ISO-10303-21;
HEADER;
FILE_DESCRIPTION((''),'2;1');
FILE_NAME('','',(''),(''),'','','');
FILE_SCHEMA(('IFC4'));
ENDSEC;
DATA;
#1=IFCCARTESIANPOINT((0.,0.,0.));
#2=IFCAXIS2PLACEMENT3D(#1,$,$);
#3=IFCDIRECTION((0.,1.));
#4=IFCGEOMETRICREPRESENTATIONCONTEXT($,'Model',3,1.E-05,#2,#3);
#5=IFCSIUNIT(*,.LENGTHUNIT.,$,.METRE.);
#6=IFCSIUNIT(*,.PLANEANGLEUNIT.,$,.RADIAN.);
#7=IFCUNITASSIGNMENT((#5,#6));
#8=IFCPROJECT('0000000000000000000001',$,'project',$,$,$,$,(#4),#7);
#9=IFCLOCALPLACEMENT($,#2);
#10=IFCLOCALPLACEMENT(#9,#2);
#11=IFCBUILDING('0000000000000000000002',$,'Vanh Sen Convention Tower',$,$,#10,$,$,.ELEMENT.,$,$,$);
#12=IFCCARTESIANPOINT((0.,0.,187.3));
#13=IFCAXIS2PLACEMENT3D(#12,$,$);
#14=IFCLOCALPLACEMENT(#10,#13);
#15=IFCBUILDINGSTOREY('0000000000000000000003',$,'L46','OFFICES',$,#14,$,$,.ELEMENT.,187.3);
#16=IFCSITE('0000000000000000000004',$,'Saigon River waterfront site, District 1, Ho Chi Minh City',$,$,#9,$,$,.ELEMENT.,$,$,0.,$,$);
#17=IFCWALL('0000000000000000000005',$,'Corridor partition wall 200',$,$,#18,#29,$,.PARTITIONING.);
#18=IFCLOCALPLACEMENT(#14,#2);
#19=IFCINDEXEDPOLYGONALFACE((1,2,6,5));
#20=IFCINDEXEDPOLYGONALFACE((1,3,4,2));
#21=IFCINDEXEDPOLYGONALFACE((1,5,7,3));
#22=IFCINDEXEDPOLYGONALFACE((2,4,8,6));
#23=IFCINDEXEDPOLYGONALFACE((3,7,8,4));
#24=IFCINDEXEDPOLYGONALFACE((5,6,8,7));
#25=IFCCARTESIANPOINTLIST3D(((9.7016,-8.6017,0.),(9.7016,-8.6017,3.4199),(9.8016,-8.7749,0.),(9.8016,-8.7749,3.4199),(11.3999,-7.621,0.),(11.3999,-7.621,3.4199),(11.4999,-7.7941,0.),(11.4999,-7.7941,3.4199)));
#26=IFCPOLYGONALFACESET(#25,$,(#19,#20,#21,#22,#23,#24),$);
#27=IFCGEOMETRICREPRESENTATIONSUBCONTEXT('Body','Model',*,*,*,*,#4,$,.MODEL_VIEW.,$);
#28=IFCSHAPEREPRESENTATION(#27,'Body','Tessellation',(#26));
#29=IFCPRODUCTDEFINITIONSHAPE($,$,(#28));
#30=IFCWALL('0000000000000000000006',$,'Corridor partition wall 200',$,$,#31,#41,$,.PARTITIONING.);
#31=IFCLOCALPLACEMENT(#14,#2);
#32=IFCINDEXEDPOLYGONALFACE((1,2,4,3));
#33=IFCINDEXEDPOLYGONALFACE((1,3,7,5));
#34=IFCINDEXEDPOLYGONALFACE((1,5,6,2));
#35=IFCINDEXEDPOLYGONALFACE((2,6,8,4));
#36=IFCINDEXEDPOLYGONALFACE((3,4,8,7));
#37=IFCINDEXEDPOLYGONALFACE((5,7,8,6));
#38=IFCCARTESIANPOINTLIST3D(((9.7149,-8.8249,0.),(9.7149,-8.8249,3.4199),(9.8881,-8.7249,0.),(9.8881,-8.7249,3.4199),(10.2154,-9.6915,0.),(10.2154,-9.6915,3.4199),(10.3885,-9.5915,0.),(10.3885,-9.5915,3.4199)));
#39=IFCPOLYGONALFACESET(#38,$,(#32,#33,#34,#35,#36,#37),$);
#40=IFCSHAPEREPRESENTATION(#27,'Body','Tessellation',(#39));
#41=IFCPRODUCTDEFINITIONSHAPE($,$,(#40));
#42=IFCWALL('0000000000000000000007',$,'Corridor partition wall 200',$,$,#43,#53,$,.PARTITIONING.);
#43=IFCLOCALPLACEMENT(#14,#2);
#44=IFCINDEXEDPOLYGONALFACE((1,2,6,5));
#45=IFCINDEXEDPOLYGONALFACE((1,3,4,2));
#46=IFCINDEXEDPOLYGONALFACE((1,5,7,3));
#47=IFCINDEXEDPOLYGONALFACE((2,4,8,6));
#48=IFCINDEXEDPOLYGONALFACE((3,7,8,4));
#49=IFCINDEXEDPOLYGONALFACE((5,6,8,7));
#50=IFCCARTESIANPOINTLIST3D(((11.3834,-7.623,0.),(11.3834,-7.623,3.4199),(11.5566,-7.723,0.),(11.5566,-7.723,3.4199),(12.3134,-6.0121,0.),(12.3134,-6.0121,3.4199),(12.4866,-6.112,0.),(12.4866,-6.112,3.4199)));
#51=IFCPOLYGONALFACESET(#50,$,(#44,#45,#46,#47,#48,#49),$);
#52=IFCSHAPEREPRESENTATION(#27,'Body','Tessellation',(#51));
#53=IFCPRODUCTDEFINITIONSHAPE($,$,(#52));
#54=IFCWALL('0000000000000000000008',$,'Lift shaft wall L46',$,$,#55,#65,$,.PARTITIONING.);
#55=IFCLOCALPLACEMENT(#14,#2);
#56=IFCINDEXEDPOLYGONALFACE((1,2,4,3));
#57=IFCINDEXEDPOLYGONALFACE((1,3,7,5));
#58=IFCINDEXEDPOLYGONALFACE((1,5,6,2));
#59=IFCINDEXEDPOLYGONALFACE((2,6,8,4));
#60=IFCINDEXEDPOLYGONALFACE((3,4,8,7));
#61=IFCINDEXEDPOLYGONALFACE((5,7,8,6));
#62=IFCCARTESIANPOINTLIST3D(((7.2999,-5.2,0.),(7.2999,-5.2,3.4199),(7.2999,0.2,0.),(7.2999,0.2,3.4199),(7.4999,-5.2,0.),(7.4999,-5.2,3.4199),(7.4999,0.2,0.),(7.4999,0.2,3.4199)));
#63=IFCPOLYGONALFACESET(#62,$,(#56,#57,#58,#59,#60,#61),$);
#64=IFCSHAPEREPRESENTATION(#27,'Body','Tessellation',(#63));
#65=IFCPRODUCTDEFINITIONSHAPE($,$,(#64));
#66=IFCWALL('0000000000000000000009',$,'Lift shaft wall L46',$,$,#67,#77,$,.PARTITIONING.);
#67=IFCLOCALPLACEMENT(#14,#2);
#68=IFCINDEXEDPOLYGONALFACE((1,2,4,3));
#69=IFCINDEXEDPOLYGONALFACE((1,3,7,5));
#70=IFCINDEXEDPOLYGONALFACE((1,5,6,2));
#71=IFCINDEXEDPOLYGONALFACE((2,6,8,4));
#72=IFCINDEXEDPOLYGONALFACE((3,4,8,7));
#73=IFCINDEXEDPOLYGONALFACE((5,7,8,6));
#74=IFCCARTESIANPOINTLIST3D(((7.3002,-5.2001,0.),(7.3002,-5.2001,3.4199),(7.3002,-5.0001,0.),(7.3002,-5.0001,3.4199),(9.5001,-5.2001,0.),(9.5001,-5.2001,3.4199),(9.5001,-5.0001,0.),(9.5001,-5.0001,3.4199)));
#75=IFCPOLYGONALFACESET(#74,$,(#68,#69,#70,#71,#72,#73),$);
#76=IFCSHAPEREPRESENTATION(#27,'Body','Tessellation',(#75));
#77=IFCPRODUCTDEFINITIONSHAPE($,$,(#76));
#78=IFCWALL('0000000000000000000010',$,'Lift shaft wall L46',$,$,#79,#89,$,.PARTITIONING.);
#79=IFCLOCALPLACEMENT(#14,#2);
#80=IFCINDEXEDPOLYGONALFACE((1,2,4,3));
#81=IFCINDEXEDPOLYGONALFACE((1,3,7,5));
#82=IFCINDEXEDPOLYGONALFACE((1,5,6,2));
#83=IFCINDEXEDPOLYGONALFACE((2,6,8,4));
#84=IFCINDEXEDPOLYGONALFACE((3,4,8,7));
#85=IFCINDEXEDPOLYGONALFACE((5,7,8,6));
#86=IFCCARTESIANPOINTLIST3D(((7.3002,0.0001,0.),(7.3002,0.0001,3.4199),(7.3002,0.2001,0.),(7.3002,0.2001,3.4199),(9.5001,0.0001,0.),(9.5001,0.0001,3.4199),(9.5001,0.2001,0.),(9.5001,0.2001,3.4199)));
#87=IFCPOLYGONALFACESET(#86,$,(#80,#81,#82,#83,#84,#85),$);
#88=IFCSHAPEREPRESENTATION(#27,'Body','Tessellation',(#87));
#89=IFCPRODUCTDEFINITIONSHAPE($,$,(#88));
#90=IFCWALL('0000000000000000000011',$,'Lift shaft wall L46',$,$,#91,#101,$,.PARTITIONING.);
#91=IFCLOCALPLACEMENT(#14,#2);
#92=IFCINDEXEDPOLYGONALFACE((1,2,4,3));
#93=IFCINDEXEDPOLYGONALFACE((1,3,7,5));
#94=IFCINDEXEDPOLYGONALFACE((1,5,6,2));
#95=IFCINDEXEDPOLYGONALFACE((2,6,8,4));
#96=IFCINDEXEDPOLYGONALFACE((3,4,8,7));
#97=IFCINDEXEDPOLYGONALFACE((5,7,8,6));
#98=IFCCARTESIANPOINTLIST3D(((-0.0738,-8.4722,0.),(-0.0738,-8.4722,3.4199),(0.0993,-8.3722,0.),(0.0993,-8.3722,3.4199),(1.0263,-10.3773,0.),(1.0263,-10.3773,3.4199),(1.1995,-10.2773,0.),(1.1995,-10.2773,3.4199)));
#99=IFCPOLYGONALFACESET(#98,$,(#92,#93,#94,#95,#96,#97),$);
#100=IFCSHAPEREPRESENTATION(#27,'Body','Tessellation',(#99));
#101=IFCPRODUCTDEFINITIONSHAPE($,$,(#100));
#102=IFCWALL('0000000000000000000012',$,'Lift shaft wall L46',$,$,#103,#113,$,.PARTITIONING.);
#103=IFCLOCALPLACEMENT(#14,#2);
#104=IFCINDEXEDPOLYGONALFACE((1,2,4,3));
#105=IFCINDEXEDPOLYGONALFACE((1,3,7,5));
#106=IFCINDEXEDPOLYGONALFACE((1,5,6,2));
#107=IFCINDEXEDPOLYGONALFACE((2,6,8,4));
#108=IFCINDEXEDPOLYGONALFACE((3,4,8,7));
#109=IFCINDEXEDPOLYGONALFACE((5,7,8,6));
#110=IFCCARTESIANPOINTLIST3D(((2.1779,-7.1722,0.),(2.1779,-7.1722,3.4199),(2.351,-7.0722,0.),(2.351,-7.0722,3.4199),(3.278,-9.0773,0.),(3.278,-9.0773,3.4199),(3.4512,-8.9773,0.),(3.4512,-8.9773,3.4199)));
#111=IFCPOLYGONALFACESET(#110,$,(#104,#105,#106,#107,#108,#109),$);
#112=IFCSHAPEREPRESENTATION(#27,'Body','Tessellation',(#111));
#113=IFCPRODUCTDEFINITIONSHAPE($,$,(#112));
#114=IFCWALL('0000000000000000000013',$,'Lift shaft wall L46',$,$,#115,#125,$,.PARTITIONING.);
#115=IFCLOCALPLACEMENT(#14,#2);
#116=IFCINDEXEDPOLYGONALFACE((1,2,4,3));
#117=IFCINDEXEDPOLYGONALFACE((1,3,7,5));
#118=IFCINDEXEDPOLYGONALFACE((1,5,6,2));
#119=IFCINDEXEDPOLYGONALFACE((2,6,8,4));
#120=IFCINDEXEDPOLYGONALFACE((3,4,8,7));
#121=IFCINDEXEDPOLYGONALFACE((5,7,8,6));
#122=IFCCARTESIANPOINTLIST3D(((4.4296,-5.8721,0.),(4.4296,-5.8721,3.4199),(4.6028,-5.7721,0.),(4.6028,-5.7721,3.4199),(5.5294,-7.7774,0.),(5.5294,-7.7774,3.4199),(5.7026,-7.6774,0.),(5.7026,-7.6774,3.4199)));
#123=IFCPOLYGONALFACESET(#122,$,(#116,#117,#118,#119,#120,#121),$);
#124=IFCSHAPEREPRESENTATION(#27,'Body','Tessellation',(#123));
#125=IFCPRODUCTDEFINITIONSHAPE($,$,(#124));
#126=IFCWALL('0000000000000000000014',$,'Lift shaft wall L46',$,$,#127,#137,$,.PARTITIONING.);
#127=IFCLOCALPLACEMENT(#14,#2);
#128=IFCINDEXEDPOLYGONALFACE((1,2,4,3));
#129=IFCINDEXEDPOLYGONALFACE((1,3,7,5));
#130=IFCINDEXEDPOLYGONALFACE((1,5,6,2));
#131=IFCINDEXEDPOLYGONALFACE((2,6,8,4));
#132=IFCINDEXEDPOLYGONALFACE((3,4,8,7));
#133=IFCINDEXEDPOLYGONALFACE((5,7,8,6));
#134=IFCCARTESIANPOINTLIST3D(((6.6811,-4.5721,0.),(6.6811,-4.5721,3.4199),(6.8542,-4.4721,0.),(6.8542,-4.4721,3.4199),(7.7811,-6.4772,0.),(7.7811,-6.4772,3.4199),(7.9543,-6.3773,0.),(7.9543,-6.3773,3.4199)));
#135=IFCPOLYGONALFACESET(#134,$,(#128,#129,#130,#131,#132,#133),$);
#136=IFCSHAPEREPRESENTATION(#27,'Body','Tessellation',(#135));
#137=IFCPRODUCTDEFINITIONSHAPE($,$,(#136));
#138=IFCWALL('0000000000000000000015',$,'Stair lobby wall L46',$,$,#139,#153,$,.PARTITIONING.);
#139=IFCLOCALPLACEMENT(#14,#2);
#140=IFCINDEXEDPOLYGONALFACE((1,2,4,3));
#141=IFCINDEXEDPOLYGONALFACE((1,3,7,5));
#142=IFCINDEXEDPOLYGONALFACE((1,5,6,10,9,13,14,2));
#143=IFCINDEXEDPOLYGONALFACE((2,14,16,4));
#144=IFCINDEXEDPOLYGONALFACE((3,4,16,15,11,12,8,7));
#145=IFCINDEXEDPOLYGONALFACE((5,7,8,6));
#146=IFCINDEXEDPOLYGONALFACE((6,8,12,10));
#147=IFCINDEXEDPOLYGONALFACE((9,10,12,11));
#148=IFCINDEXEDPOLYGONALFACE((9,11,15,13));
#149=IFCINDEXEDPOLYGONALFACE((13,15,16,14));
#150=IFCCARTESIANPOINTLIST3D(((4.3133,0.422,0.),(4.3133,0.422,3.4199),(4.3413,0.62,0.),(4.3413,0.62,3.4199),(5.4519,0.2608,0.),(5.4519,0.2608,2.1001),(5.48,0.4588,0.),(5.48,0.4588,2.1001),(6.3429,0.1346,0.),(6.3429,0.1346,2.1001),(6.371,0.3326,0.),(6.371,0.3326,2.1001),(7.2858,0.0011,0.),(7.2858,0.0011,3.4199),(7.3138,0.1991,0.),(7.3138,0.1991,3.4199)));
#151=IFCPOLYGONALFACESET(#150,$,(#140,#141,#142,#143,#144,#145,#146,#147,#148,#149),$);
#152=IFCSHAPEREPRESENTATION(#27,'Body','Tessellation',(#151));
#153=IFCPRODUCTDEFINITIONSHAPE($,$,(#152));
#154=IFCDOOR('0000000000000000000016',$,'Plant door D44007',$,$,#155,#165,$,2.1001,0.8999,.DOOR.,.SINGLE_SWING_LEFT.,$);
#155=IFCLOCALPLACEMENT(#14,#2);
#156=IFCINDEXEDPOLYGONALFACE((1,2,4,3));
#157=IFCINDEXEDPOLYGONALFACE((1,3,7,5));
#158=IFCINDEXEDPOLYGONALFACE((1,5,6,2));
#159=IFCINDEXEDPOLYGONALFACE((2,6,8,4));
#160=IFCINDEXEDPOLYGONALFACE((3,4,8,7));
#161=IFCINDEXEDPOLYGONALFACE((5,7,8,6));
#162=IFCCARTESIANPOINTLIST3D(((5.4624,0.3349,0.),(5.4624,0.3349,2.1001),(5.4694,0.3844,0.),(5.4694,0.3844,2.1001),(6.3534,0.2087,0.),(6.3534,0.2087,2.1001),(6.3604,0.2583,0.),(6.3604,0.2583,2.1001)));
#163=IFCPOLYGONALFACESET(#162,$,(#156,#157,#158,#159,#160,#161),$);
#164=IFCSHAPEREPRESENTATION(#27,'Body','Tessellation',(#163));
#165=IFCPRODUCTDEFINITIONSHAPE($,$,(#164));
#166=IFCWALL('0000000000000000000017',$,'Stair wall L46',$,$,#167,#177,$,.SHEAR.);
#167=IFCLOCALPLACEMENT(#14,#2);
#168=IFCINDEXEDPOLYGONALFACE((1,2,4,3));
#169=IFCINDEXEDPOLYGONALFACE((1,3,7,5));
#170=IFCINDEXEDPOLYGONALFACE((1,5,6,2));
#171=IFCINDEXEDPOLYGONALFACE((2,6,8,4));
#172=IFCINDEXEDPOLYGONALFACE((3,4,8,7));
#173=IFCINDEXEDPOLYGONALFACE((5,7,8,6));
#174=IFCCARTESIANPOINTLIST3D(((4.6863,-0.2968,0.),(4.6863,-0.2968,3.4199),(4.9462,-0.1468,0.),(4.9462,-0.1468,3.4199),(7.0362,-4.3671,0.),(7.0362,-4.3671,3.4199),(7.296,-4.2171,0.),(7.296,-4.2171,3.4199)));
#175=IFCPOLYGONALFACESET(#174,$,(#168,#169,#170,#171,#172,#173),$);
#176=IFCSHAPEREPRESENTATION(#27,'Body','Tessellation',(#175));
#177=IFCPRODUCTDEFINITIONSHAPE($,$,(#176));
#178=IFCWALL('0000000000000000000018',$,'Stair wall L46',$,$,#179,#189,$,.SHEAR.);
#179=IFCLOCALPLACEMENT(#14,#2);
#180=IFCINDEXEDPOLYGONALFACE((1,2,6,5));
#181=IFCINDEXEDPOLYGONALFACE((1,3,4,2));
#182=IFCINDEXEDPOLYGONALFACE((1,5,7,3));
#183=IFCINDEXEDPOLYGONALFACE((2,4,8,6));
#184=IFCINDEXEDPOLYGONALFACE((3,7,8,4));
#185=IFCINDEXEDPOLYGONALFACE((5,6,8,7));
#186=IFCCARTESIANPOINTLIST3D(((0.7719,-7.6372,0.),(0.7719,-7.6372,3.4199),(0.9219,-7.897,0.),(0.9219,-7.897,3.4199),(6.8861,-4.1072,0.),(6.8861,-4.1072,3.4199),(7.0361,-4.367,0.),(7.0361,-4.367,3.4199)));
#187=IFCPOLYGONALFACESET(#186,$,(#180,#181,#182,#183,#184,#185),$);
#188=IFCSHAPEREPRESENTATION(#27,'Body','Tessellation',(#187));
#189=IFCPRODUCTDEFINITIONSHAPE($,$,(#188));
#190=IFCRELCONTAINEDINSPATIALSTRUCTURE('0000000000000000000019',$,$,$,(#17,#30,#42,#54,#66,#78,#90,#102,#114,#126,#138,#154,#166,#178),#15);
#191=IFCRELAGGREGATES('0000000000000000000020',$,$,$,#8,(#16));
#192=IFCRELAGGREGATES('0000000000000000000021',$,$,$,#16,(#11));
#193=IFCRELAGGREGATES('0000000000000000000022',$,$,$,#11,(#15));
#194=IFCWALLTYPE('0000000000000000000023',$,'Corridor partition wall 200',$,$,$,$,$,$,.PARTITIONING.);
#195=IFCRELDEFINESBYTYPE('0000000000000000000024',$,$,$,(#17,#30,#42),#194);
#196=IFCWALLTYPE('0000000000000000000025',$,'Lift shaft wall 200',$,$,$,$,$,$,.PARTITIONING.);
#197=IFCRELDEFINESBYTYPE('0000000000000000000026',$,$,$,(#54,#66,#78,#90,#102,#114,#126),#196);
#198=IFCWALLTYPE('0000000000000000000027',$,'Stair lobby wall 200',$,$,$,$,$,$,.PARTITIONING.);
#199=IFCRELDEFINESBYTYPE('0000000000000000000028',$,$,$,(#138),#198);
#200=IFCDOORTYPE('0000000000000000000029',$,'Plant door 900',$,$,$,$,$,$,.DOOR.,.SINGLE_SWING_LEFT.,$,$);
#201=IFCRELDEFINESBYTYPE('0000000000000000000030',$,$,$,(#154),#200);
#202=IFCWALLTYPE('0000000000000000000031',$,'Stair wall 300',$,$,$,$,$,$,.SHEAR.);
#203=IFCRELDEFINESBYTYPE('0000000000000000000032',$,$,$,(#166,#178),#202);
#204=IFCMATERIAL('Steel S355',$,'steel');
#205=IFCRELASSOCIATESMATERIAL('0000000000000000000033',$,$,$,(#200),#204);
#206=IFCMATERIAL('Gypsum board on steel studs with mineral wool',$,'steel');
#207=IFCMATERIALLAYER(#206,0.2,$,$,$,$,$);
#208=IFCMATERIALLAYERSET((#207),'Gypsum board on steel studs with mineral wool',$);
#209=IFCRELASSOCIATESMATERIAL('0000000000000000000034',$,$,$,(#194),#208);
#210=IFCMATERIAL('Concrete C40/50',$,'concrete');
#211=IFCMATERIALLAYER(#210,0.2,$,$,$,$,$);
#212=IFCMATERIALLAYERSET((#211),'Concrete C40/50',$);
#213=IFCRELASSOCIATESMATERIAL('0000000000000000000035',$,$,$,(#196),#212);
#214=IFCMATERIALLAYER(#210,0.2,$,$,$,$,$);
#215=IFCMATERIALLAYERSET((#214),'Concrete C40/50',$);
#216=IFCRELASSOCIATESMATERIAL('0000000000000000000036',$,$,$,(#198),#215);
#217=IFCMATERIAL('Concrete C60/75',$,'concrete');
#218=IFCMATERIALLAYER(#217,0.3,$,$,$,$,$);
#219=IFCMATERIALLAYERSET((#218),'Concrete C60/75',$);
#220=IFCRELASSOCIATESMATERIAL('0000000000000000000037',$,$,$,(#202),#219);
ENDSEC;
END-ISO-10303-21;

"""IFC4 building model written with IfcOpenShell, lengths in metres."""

from ifc_helpers import new_model, si_unit, direction, frame, frame_2d, origin, place, context, subcontext, project, spatial, rectangle, extrude, material, layer, layer_set, type_object, element, fill, save


model = new_model("IFC4")

# Units and contexts
model_context = context("Model", 3, precision=1e-05, world=origin(), true_north=direction((0.0, 1.0)))
body_context = subcontext(model_context, "Body", "Model", "MODEL_VIEW")
ifc_project = project(units=[si_unit("LENGTHUNIT", "METRE"), si_unit("PLANEANGLEUNIT", "RADIAN")], contexts=[model_context])

# Site, building, storey
site_placement = place(None, origin())
site = spatial("IfcSite", under=ifc_project, at=site_placement, Name="Saigon River waterfront site, District 1, Ho Chi Minh City", CompositionType="ELEMENT", RefElevation=0.0)
building_placement = place(site_placement, origin())
building = spatial("IfcBuilding", under=site, at=building_placement, Name="Vanh Sen Convention Tower", CompositionType="ELEMENT")
storey_placement = place(building_placement, frame((0.0, 0.0, 187.3)))
storey = spatial("IfcBuildingStorey", under=building, at=storey_placement, Name="L46", Description="OFFICES", CompositionType="ELEMENT", Elevation=187.3)

# Shared definitions
ifc_material_1 = material(Name="Concrete C40/50", Category="concrete")

# Shared definitions
ifc_material_2 = material(Name="Steel S355", Category="steel")
door_type_1 = type_object("IfcDoorType", Name="Plant door 900", OperationType="SINGLE_SWING_LEFT", PredefinedType="DOOR", material=ifc_material_2)

# Walls
ifc_material_3 = material(Name="Gypsum board on steel studs with mineral wool", Category="steel")
ifc_layer_1 = layer(ifc_material_3, 0.2)
ifc_layer_set_1 = layer_set([ifc_layer_1], Name="Gypsum board on steel studs with mineral wool")
wall_type_1 = type_object("IfcWallType", Name="Corridor partition wall 200", PredefinedType="PARTITIONING", material=ifc_layer_set_1)
wall_1_placement = place(storey_placement, frame((9.7517, -8.6882, 0.0), z_axis=(0.0, 0.0, 1.0), x_axis=(0.865974, 0.500089, 0.0)))
element("IfcWall", 1, at=wall_1_placement, inside=storey, type_object=wall_type_1, Name="Corridor partition wall 200", PredefinedType="PARTITIONING", context=body_context, shape_type="SweptSolid", body=[
    extrude(rectangle(XDim=1.9612, YDim=0.2, at=frame_2d((0.9805, 0.0))), origin(), (0.0, 0.0, 1.0), 3.4199),
])
wall_2_placement = place(storey_placement, frame((10.302, -9.6416, 0.0), z_axis=(0.0, 0.0, 1.0), x_axis=(-0.500074, 0.865982, 0.0)))
element("IfcWall", 2, at=wall_2_placement, inside=storey, type_object=wall_type_1, Name="Corridor partition wall 200", PredefinedType="PARTITIONING", context=body_context, shape_type="SweptSolid", body=[
    extrude(rectangle(XDim=1.0007, YDim=0.2, at=frame_2d((0.5005, 0.0))), origin(), (0.0, 0.0, 1.0), 3.4199),
])
wall_3_placement = place(storey_placement, frame((11.47, -7.6731, 0.0), z_axis=(0.0, 0.0, 1.0), x_axis=(0.499965, 0.866046, 0.0)))
element("IfcWall", 3, at=wall_3_placement, inside=storey, type_object=wall_type_1, Name="Corridor partition wall 200", PredefinedType="PARTITIONING", context=body_context, shape_type="SweptSolid", body=[
    extrude(rectangle(XDim=1.8601, YDim=0.2, at=frame_2d((0.9302, 0.0))), origin(), (0.0, 0.0, 1.0), 3.4199),
])
ifc_layer_2 = layer(ifc_material_1, 0.2)
ifc_layer_set_2 = layer_set([ifc_layer_2], Name="Concrete C40/50")
wall_type_2 = type_object("IfcWallType", Name="Lift shaft wall 200", PredefinedType="PARTITIONING", material=ifc_layer_set_2)
wall_4_placement = place(storey_placement, frame((7.3999, -5.2, 0.0), z_axis=(0.0, 0.0, 1.0), x_axis=(0.0, 1.0, 0.0)))
element("IfcWall", 4, at=wall_4_placement, inside=storey, type_object=wall_type_2, Name="Lift shaft wall L46", PredefinedType="PARTITIONING", context=body_context, shape_type="SweptSolid", body=[
    extrude(rectangle(XDim=5.3999, YDim=0.2, at=frame_2d((2.7, 0.0))), origin(), (0.0, 0.0, 1.0), 3.4199),
])
for number, where, z_axis, x_axis, name in (
    (5, (7.3, -5.1001, 0.0), (0.0, 0.0, 1.0), (1.0, 0.0, 0.0), "Lift shaft wall L46"),
    (6, (7.3, 0.1001, 0.0), (0.0, 0.0, 1.0), (1.0, 0.0, 0.0), "Lift shaft wall L46"),
    (7, (0.0127, -8.4221, 0.0), (0.0, 0.0, 1.0), (0.500078, -0.86598, 0.0), "Lift shaft wall L46"),
    (8, (2.2644, -7.1221, 0.0), (0.0, 0.0, 1.0), (0.500078, -0.86598, 0.0), "Lift shaft wall L46"),
    (9, (4.5161, -5.822, 0.0), (0.0, 0.0, 1.0), (0.499947, -0.866056, 0.0), "Lift shaft wall L46"),
    (10, (6.7676, -4.522, 0.0), (0.0, 0.0, 1.0), (0.50003, -0.866008, 0.0), "Lift shaft wall L46"),
):
    element("IfcWall", number, at=place(storey_placement, frame(where, z_axis=z_axis, x_axis=x_axis)), inside=storey, type_object=wall_type_2, Name=name, PredefinedType="PARTITIONING", context=body_context, shape_type="SweptSolid", body=[
        extrude(rectangle(XDim=2.2, YDim=0.2, at=frame_2d((1.1001, 0.0))), origin(), (0.0, 0.0, 1.0), 3.4199),
    ])

# Wall, opening, door
ifc_layer_3 = layer(ifc_material_1, 0.2)
ifc_layer_set_3 = layer_set([ifc_layer_3], Name="Concrete C40/50")
wall_type_3 = type_object("IfcWallType", Name="Stair lobby wall 200", PredefinedType="PARTITIONING", material=ifc_layer_set_3)
wall_5_placement = place(storey_placement, frame((4.3274, 0.521, 0.0), z_axis=(0.0, 0.0, 1.0), x_axis=(0.990124, -0.140192, 0.0)))
wall_5 = element("IfcWall", 11, at=wall_5_placement, inside=storey, type_object=wall_type_3, Name="Stair lobby wall L46", PredefinedType="PARTITIONING", context=body_context, shape_type="SweptSolid", body=[
    extrude(rectangle(XDim=3.0022, YDim=0.2, at=frame_2d((1.501, 0.0))), origin(), (0.0, 0.0, 1.0), 3.4199),
])
opening_1_placement = place(wall_5_placement, frame((1.1499, 0.0, 0.0)))
opening_1 = element("IfcOpeningElement", 12, at=opening_1_placement, cuts=wall_5, PredefinedType="OPENING", context=body_context, shape_type="SweptSolid", body=[
    extrude(rectangle(XDim=0.8999, YDim=2.1001, at=frame_2d((0.45, 1.05))), frame((0.0, 0.1099, 0.0), z_axis=(0.0, -1.0, 0.0), x_axis=(1.0, 0.0, 0.0)), (0.0, 0.0, 1.0), 0.22),
])
door_1_placement = place(opening_1_placement, origin())
door_1 = element("IfcDoor", 13, at=door_1_placement, inside=storey, type_object=door_type_1, Name="Plant door D44007", OperationType="SINGLE_SWING_LEFT", OverallHeight=2.1001, OverallWidth=0.8999, PredefinedType="DOOR", context=body_context, shape_type="SweptSolid", body=[
    extrude(rectangle(XDim=0.8999, YDim=2.1001, at=frame_2d((0.45, 1.05))), frame((0.0, 0.0249, 0.0), z_axis=(0.0, -1.0, 0.0), x_axis=(1.0, 0.0, 0.0)), (0.0, 0.0, 1.0), 0.05),
])
fill(opening_1, door_1)

# Walls
ifc_material_4 = material(Name="Concrete C60/75", Category="concrete")
ifc_layer_4 = layer(ifc_material_4, 0.3)
ifc_layer_set_4 = layer_set([ifc_layer_4], Name="Concrete C60/75")
wall_type_4 = type_object("IfcWallType", Name="Stair wall 300", PredefinedType="SHEAR", material=ifc_layer_set_4)
wall_6_placement = place(storey_placement, frame((4.8162, -0.2217, 0.0), z_axis=(0.0, 0.0, 1.0), x_axis=(0.499977, -0.866039, 0.0)))
element("IfcWall", 14, at=wall_6_placement, inside=storey, type_object=wall_type_4, Name="Stair wall L46", PredefinedType="SHEAR", context=body_context, shape_type="SweptSolid", body=[
    extrude(rectangle(XDim=4.7, YDim=0.3, at=frame_2d((2.3501, 0.0))), origin(), (0.0, 0.0, 1.0), 3.4199),
])
wall_7_placement = place(storey_placement, frame((0.8469, -7.7671, 0.0), z_axis=(0.0, 0.0, 1.0), x_axis=(0.866028, 0.499996, 0.0)))
element("IfcWall", 15, at=wall_7_placement, inside=storey, type_object=wall_type_4, Name="Stair wall L46", PredefinedType="SHEAR", context=body_context, shape_type="SweptSolid", body=[
    extrude(rectangle(XDim=7.0601, YDim=0.3, at=frame_2d((3.53, 0.0))), origin(), (0.0, 0.0, 1.0), 3.4199),
])

save(model, "model.ifc")
